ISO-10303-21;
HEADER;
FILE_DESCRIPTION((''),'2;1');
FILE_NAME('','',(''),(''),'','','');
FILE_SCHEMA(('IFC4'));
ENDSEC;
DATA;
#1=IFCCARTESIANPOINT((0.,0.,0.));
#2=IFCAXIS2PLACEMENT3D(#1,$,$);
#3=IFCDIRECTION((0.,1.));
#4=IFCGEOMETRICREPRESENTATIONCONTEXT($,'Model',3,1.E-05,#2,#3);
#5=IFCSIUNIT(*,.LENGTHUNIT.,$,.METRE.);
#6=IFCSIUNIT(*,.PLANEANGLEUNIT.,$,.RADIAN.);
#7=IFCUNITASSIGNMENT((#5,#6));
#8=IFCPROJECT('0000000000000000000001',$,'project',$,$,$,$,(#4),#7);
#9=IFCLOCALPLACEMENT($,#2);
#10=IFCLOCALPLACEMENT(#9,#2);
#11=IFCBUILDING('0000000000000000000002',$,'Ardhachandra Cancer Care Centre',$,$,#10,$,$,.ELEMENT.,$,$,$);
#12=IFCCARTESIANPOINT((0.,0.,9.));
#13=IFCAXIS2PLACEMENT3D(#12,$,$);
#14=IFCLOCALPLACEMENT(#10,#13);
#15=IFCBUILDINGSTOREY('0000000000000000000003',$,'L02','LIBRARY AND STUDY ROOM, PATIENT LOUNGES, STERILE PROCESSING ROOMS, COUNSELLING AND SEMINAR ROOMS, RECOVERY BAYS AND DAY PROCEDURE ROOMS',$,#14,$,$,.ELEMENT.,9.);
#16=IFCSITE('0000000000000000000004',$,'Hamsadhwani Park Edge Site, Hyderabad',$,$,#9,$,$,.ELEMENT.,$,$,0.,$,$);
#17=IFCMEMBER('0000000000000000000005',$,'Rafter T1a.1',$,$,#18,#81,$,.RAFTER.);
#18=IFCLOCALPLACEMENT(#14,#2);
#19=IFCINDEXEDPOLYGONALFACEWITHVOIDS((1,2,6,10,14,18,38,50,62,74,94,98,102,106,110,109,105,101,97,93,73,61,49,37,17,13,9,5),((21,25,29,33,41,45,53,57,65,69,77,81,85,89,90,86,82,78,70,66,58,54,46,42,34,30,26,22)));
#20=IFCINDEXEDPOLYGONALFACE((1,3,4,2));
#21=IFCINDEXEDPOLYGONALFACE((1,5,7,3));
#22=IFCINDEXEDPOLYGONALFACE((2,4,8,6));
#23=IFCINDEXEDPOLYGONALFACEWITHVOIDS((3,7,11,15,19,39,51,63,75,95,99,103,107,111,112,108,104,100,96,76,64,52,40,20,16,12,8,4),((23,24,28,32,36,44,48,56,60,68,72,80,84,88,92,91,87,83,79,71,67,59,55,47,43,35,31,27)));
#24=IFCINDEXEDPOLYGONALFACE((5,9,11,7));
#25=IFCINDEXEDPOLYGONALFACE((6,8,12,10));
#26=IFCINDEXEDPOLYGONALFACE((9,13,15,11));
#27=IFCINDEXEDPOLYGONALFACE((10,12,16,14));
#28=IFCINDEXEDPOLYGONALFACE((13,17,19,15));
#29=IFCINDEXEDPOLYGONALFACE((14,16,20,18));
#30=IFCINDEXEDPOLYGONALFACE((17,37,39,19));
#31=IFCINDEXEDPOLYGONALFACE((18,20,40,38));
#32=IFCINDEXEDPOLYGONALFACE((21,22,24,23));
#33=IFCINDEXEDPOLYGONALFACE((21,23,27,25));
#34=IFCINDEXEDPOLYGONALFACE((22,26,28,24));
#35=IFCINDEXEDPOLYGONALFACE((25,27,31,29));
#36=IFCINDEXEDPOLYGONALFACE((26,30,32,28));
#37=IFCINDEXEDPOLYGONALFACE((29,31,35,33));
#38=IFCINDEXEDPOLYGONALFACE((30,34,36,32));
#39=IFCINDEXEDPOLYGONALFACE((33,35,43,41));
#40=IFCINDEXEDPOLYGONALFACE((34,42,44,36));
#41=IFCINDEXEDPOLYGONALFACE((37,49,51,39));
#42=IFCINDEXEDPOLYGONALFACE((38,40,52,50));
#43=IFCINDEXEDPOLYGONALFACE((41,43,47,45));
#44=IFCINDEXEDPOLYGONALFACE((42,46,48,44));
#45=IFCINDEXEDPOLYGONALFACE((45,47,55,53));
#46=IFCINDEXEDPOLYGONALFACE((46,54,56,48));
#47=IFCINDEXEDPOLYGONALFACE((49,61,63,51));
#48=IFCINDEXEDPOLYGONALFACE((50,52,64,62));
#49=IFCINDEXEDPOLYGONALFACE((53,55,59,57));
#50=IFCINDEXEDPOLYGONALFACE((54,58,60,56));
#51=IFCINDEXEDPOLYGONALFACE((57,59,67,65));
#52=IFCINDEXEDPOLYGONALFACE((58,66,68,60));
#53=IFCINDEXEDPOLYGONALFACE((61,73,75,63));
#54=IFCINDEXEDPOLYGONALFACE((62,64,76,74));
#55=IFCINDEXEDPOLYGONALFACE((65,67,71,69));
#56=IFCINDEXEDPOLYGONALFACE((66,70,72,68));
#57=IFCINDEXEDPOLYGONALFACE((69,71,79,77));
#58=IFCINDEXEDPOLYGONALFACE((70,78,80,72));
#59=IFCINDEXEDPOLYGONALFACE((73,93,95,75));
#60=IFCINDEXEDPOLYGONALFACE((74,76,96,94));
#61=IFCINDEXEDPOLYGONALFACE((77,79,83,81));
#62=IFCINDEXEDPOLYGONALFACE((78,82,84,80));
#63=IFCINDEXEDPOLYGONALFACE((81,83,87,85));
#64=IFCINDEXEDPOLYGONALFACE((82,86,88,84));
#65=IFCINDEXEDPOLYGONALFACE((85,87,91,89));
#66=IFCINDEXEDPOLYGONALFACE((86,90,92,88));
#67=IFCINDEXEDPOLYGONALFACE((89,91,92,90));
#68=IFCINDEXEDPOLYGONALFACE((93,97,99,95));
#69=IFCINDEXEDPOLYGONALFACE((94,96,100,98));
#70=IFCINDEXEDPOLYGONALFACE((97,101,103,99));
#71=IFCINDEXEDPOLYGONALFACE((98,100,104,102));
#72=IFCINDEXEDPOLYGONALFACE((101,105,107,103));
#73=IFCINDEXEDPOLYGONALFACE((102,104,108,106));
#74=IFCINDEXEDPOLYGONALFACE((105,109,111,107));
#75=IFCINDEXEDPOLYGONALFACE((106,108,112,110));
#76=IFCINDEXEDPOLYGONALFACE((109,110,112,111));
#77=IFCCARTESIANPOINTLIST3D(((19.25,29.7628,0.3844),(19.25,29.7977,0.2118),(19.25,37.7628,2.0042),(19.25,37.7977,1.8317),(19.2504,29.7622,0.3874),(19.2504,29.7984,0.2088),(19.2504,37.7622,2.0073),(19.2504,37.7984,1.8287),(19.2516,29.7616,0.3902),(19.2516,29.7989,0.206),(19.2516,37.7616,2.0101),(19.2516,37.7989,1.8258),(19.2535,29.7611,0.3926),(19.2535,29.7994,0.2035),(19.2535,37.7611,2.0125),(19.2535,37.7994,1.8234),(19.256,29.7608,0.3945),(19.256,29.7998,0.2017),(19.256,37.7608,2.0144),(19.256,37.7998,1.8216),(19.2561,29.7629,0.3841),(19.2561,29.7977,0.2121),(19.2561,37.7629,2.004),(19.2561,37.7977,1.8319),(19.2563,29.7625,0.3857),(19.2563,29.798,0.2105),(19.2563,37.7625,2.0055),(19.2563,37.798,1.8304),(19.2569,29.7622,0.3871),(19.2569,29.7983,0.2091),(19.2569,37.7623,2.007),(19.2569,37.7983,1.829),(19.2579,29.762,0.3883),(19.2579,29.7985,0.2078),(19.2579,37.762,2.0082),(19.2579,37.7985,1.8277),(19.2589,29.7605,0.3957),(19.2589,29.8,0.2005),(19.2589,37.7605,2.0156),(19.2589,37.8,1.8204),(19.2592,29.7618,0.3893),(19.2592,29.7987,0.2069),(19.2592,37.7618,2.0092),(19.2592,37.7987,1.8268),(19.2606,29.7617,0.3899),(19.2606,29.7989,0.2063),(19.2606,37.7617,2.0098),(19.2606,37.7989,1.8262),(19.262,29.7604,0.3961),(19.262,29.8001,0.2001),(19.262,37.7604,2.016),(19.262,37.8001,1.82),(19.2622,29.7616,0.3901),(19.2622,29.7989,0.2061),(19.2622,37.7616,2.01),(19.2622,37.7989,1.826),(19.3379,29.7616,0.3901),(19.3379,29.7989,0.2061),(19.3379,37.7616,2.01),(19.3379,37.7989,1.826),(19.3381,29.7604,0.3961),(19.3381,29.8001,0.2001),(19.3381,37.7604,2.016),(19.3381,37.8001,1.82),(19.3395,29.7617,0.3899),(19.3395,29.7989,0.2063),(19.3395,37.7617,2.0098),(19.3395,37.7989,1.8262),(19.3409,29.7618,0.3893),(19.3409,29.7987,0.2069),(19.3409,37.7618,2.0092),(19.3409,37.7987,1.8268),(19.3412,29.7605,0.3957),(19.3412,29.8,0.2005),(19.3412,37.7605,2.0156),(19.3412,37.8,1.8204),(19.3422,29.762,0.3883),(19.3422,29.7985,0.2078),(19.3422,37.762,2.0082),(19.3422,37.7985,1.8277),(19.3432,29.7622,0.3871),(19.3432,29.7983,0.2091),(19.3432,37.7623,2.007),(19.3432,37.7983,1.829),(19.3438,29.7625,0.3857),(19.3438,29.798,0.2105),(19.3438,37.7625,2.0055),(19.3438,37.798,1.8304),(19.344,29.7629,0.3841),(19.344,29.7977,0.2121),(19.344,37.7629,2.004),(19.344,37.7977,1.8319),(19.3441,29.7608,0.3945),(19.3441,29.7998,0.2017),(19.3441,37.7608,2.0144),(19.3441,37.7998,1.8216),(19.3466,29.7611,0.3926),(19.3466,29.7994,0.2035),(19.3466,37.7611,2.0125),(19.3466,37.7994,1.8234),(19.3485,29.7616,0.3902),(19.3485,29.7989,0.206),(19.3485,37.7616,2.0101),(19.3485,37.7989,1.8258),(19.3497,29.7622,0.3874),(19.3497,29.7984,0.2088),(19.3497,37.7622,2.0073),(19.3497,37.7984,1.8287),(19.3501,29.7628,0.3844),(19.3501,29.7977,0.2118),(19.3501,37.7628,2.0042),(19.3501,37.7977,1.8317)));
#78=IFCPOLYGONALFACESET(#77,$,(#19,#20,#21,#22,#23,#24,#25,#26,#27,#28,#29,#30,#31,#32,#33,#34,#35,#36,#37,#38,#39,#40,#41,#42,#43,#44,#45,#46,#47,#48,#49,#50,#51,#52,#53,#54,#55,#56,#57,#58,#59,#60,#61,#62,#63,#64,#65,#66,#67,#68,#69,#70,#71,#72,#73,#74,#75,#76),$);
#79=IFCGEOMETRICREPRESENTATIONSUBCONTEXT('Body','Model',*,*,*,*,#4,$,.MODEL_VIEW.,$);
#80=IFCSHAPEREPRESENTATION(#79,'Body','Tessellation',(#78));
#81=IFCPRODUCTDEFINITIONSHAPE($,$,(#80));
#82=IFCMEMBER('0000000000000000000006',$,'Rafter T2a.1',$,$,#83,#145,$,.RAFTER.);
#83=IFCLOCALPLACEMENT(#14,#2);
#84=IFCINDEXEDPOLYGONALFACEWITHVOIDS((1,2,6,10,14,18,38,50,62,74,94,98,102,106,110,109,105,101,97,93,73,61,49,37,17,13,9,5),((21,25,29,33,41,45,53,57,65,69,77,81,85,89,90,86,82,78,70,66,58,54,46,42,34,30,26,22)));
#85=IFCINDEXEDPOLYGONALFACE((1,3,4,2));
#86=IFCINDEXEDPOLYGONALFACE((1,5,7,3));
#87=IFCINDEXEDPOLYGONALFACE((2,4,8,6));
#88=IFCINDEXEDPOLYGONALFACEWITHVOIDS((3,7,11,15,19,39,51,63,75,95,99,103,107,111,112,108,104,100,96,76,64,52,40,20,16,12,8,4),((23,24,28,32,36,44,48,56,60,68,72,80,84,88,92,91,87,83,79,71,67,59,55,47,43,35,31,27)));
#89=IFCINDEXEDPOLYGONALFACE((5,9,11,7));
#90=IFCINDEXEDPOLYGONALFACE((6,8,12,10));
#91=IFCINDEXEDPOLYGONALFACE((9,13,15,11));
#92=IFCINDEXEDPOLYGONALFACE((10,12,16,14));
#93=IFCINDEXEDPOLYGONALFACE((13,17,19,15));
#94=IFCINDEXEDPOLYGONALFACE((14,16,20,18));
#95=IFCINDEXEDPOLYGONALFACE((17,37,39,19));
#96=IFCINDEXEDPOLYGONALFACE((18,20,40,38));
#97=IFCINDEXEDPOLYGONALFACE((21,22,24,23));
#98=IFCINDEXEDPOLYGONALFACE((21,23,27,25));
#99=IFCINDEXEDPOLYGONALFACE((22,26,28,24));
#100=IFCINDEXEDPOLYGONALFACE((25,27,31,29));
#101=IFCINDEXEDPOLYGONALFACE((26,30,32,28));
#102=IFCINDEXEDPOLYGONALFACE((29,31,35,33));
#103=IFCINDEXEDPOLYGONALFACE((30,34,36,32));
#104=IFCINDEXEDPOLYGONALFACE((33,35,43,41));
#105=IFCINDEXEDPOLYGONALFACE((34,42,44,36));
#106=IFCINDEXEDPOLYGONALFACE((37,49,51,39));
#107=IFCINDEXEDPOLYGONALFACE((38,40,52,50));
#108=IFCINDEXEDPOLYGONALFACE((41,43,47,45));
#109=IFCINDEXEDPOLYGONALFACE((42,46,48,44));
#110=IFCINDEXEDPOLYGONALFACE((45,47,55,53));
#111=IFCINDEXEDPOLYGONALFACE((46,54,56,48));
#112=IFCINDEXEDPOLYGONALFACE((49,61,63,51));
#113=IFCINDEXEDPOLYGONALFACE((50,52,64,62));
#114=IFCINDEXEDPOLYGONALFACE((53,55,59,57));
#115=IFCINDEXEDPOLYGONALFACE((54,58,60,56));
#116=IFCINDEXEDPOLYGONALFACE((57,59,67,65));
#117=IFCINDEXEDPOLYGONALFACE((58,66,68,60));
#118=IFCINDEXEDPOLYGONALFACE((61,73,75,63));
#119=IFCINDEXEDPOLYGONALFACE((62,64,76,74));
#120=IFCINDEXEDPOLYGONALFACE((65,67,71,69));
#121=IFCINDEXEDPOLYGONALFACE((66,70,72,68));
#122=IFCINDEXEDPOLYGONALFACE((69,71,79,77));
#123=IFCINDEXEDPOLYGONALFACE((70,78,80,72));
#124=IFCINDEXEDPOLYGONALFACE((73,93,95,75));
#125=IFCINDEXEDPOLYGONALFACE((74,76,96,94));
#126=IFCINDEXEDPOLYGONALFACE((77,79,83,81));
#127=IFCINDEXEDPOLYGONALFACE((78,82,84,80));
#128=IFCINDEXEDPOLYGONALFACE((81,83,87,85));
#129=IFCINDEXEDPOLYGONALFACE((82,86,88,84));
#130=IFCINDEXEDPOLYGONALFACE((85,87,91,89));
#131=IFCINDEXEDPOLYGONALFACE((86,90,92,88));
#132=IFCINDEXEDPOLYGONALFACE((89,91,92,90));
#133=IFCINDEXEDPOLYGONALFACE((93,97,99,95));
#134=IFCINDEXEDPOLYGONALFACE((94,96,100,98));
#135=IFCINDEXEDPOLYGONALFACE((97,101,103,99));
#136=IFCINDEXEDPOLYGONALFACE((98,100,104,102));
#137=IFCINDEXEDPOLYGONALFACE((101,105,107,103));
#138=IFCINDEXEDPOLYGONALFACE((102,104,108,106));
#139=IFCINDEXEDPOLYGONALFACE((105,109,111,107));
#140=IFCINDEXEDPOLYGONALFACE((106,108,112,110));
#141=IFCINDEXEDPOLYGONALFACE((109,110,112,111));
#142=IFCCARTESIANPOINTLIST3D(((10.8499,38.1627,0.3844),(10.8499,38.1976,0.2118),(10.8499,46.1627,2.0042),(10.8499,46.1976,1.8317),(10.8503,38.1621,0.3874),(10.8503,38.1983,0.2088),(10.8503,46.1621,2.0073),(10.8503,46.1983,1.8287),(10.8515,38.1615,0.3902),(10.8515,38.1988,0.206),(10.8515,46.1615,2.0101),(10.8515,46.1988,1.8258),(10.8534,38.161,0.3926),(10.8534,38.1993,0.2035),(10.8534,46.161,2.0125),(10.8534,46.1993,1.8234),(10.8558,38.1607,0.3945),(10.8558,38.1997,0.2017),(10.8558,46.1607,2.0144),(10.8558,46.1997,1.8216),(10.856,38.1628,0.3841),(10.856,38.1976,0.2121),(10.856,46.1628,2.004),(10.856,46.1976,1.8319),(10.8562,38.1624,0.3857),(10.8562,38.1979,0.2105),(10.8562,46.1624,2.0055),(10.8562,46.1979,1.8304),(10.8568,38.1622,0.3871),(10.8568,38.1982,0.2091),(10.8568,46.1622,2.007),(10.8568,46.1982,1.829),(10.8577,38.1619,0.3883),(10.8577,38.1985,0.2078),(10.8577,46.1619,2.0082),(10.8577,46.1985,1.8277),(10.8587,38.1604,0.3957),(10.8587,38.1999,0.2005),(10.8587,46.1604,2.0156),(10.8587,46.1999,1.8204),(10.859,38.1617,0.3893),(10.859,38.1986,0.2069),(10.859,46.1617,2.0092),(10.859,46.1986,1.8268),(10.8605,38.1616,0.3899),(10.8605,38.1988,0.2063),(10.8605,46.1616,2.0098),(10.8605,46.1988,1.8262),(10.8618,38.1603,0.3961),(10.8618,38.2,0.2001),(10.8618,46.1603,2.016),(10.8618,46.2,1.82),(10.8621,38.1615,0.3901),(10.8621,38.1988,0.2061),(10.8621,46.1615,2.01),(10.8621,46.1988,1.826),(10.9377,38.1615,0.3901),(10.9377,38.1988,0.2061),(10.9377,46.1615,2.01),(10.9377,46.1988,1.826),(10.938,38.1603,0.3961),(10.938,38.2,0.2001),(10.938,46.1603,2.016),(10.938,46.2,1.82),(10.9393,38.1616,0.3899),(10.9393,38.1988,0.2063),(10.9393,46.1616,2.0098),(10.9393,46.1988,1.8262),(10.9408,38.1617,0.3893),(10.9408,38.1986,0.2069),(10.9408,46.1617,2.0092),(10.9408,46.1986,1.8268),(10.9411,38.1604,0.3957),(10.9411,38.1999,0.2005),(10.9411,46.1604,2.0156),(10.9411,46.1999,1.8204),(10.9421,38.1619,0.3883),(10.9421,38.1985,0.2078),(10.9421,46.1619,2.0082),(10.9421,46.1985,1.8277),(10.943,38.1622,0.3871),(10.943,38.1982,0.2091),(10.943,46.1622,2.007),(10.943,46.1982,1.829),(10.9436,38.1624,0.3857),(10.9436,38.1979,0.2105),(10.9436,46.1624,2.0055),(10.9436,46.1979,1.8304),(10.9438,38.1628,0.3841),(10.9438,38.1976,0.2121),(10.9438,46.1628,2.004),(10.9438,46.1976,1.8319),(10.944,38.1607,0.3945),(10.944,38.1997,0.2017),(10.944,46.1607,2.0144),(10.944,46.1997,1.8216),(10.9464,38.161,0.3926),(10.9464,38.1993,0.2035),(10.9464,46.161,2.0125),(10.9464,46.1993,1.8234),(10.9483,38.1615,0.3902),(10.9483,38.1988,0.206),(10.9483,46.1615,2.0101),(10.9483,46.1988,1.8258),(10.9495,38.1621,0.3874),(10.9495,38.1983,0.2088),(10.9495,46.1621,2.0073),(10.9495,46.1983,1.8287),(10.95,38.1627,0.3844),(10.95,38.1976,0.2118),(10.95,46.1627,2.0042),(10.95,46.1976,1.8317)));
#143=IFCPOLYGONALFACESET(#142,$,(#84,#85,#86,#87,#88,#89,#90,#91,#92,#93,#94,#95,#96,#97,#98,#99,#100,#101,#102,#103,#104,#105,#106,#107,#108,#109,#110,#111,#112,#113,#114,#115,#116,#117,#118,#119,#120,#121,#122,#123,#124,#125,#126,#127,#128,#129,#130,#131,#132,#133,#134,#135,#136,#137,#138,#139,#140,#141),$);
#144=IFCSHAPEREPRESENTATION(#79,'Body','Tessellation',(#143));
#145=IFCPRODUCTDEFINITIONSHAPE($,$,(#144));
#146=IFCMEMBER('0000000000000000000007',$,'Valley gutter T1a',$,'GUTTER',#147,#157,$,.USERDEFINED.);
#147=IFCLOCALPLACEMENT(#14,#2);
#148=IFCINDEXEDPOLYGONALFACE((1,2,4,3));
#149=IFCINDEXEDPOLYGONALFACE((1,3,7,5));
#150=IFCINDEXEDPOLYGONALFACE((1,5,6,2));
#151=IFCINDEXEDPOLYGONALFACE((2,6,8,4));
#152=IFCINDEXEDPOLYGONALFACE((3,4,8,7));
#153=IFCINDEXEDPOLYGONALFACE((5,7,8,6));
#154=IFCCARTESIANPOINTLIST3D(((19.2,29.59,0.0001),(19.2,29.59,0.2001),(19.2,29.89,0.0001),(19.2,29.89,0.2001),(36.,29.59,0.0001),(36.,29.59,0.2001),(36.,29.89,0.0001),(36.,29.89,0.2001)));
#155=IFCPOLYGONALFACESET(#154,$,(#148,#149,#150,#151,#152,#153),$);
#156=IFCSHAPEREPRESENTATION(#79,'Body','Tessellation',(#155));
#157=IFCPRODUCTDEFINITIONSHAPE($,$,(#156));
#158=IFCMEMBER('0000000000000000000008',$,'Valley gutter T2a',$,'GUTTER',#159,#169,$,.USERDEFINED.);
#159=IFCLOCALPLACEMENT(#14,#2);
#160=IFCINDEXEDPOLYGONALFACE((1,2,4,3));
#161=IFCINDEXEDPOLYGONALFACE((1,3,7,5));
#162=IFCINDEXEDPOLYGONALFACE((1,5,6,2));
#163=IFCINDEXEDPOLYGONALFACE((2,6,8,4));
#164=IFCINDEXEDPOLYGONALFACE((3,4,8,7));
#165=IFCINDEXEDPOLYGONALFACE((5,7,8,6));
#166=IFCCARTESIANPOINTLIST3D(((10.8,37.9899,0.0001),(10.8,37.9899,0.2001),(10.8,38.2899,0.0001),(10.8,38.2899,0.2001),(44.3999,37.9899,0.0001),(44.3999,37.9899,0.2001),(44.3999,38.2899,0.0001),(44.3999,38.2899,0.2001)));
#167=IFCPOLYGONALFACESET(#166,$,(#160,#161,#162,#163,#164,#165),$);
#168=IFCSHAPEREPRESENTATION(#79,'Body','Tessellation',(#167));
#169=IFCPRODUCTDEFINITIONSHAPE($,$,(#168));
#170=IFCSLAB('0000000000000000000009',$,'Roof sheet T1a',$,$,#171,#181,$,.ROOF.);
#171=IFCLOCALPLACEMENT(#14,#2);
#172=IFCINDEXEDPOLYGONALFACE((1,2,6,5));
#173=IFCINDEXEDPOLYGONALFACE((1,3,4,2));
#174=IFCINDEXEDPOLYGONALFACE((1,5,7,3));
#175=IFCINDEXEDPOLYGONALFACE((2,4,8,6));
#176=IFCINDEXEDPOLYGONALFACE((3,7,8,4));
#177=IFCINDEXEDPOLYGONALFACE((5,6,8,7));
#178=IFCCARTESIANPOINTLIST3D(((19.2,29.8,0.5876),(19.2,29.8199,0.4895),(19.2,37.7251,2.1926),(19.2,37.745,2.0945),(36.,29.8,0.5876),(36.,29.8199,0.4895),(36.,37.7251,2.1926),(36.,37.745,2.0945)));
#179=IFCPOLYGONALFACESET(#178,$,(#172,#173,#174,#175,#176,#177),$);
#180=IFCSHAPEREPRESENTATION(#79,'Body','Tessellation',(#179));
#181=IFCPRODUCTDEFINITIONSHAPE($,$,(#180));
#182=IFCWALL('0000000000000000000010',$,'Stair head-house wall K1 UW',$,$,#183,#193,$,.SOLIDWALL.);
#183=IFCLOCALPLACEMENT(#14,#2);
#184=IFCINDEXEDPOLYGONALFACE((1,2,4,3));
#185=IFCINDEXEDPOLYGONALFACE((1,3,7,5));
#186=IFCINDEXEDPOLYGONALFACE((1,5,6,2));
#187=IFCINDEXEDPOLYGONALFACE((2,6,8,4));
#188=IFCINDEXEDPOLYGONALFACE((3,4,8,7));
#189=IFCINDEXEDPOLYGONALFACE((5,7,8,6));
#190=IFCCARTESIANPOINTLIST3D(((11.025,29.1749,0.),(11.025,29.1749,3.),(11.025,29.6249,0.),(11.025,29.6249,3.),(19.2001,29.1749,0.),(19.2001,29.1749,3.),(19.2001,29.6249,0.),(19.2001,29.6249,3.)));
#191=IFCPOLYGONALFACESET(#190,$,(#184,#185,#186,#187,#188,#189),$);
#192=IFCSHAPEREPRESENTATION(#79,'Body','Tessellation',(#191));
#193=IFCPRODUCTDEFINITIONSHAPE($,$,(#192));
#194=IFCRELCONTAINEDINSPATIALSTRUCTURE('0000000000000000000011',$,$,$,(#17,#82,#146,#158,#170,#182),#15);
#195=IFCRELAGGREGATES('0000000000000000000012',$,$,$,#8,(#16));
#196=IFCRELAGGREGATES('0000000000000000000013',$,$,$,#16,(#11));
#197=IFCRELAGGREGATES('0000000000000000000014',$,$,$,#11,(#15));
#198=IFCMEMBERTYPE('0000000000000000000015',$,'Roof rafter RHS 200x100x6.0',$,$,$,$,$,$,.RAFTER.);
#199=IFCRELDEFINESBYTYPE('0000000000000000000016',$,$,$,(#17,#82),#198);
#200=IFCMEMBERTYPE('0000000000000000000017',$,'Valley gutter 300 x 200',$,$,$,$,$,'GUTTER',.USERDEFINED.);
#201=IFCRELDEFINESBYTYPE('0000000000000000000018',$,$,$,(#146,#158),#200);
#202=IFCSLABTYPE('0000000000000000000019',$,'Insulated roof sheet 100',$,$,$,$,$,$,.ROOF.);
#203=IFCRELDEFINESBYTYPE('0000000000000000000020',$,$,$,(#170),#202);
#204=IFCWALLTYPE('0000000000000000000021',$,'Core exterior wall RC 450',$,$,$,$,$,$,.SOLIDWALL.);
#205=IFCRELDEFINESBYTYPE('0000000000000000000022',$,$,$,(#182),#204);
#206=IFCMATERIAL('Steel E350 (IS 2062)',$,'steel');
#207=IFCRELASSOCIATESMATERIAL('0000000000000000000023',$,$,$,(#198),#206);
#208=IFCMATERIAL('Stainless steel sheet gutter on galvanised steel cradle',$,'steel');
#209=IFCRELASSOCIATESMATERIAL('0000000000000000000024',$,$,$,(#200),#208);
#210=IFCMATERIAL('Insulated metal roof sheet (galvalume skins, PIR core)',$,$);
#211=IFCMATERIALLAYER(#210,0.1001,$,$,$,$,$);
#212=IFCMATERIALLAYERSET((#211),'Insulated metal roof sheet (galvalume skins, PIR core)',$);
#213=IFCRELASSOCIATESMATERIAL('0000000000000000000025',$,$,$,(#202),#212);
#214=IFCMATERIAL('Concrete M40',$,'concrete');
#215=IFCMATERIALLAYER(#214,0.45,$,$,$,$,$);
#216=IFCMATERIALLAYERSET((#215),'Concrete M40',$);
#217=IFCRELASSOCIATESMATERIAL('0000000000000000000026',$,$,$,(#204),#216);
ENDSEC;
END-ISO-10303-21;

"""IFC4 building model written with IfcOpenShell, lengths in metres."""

from ifc_helpers import new_model, si_unit, direction, frame, frame_2d, origin, origin_2d, place, context, subcontext, project, spatial, polyline, rectangle, hollow_rectangle, outline, extrude, material, layer, layer_set, material_profile, profile_set, type_object, element, save


model = new_model("IFC4")

# Units and contexts
model_context = context("Model", 3, precision=1e-05, world=origin(), true_north=direction((0.0, 1.0)))
body_context = subcontext(model_context, "Body", "Model", "MODEL_VIEW")
ifc_project = project(units=[si_unit("LENGTHUNIT", "METRE"), si_unit("PLANEANGLEUNIT", "RADIAN")], contexts=[model_context])

# Site, building, storey
site_placement = place(None, origin())
site = spatial("IfcSite", under=ifc_project, at=site_placement, Name="Hamsadhwani Park Edge Site, Hyderabad", CompositionType="ELEMENT", RefElevation=0.0)
building_placement = place(site_placement, origin())
building = spatial("IfcBuilding", under=site, at=building_placement, Name="Ardhachandra Cancer Care Centre", CompositionType="ELEMENT")
storey_placement = place(building_placement, frame((0.0, 0.0, 9.0)))
storey = spatial("IfcBuildingStorey", under=building, at=storey_placement, Name="L02", Description="LIBRARY AND STUDY ROOM, PATIENT LOUNGES, STERILE PROCESSING ROOMS, COUNSELLING AND SEMINAR ROOMS, RECOVERY BAYS AND DAY PROCEDURE ROOMS", CompositionType="ELEMENT", Elevation=9.0)

# Members
ifc_material_1 = material(Name="Steel E350 (IS 2062)", Category="steel")
ifc_material_profile_1 = material_profile(ifc_material_1, hollow_rectangle(XDim=0.1001, YDim=0.2, WallThickness=0.0061, InnerFilletRadius=0.0061, OuterFilletRadius=0.012, at=origin_2d()), Name="RHS 200x100x6.0")
ifc_profile_set_1 = profile_set([ifc_material_profile_1], Name="Steel E350 (IS 2062)")
member_type_1 = type_object("IfcMemberType", Name="Roof rafter RHS 200x100x6.0", PredefinedType="RAFTER", material=ifc_profile_set_1)
for number, where, z_axis, x_axis, name in (
    (1, (19.3, 29.7803, 0.2981), (0.0, 0.98011, 0.198457), (-1.0, 0.0, 0.0), "Rafter T1a.1"),
    (2, (10.8999, 38.1802, 0.2981), (0.0, 0.98011, 0.198457), (-1.0, 0.0, 0.0), "Rafter T2a.1"),
):
    element("IfcMember", number, at=place(storey_placement, frame(where, z_axis=z_axis, x_axis=x_axis)), inside=storey, type_object=member_type_1, Name=name, PredefinedType="RAFTER", context=body_context, shape_type="SweptSolid", body=[
        extrude(hollow_rectangle(XDim=0.1001, YDim=0.2, WallThickness=0.0061, InnerFilletRadius=0.0061, OuterFilletRadius=0.012, at=origin_2d()), origin(), (0.0, 0.0, 1.0), 8.1624),
    ])
ifc_material_2 = material(Name="Stainless steel sheet gutter on galvanised steel cradle", Category="steel")
ifc_material_profile_2 = material_profile(ifc_material_2, rectangle(XDim=0.3, YDim=0.2, at=origin_2d()), Name="Valley gutter 300 x 200")
ifc_profile_set_2 = profile_set([ifc_material_profile_2], Name="Stainless steel sheet gutter on galvanised steel cradle")
member_type_2 = type_object("IfcMemberType", Name="Valley gutter 300 x 200", ElementType="GUTTER", PredefinedType="USERDEFINED", material=ifc_profile_set_2)
member_1_placement = place(storey_placement, frame((19.2, 29.74, 0.1001), z_axis=(1.0, 0.0, 0.0), x_axis=(0.0, 1.0, 0.0)))
element("IfcMember", 3, at=member_1_placement, inside=storey, type_object=member_type_2, Name="Valley gutter T1a", ObjectType="GUTTER", PredefinedType="USERDEFINED", context=body_context, shape_type="SweptSolid", body=[
    extrude(rectangle(XDim=0.3, YDim=0.2, at=origin_2d()), origin(), (0.0, 0.0, 1.0), 16.8),
])
member_2_placement = place(storey_placement, frame((10.8, 38.1399, 0.1001), z_axis=(1.0, 0.0, 0.0), x_axis=(0.0, 1.0, 0.0)))
element("IfcMember", 4, at=member_2_placement, inside=storey, type_object=member_type_2, Name="Valley gutter T2a", ObjectType="GUTTER", PredefinedType="USERDEFINED", context=body_context, shape_type="SweptSolid", body=[
    extrude(rectangle(XDim=0.3, YDim=0.2, at=origin_2d()), origin(), (0.0, 0.0, 1.0), 33.5999),
])

# Slab
ifc_material_3 = material(Name="Insulated metal roof sheet (galvalume skins, PIR core)")
ifc_layer_1 = layer(ifc_material_3, 0.1001)
ifc_layer_set_1 = layer_set([ifc_layer_1], Name="Insulated metal roof sheet (galvalume skins, PIR core)")
slab_type = type_object("IfcSlabType", Name="Insulated roof sheet 100", PredefinedType="ROOF", material=ifc_layer_set_1)
slab_placement = place(storey_placement, frame((19.2, 29.8, 0.5876), z_axis=(0.0, -0.19849, 0.980103), x_axis=(1.0, 0.0, 0.0)))
element("IfcSlab", 5, at=slab_placement, inside=storey, type_object=slab_type, Name="Roof sheet T1a", PredefinedType="ROOF", context=body_context, shape_type="SweptSolid", body=[
    extrude(outline(polyline([(0.0, 0.0), (16.8, 0.0), (16.8, 8.0859), (0.0, 8.0859), (0.0, 0.0)])), origin(), (0.0, 0.0, -1.0), 0.1001),
])

# Wall
ifc_material_4 = material(Name="Concrete M40", Category="concrete")
ifc_layer_2 = layer(ifc_material_4, 0.45)
ifc_layer_set_2 = layer_set([ifc_layer_2], Name="Concrete M40")
wall_type_1 = type_object("IfcWallType", Name="Core exterior wall RC 450", PredefinedType="SOLIDWALL", material=ifc_layer_set_2)
wall_1_placement = place(storey_placement, frame((19.2, 29.3999, 0.0), z_axis=(0.0, 0.0, 1.0), x_axis=(-1.0, 0.0, 0.0)))
element("IfcWall", 6, at=wall_1_placement, inside=storey, type_object=wall_type_1, Name="Stair head-house wall K1 UW", PredefinedType="SOLIDWALL", context=body_context, shape_type="SweptSolid", body=[
    extrude(rectangle(XDim=8.175, YDim=0.45, at=frame_2d((4.0874, 0.0))), origin(), (0.0, 0.0, 1.0), 3.0),
])

save(model, "model.ifc")
